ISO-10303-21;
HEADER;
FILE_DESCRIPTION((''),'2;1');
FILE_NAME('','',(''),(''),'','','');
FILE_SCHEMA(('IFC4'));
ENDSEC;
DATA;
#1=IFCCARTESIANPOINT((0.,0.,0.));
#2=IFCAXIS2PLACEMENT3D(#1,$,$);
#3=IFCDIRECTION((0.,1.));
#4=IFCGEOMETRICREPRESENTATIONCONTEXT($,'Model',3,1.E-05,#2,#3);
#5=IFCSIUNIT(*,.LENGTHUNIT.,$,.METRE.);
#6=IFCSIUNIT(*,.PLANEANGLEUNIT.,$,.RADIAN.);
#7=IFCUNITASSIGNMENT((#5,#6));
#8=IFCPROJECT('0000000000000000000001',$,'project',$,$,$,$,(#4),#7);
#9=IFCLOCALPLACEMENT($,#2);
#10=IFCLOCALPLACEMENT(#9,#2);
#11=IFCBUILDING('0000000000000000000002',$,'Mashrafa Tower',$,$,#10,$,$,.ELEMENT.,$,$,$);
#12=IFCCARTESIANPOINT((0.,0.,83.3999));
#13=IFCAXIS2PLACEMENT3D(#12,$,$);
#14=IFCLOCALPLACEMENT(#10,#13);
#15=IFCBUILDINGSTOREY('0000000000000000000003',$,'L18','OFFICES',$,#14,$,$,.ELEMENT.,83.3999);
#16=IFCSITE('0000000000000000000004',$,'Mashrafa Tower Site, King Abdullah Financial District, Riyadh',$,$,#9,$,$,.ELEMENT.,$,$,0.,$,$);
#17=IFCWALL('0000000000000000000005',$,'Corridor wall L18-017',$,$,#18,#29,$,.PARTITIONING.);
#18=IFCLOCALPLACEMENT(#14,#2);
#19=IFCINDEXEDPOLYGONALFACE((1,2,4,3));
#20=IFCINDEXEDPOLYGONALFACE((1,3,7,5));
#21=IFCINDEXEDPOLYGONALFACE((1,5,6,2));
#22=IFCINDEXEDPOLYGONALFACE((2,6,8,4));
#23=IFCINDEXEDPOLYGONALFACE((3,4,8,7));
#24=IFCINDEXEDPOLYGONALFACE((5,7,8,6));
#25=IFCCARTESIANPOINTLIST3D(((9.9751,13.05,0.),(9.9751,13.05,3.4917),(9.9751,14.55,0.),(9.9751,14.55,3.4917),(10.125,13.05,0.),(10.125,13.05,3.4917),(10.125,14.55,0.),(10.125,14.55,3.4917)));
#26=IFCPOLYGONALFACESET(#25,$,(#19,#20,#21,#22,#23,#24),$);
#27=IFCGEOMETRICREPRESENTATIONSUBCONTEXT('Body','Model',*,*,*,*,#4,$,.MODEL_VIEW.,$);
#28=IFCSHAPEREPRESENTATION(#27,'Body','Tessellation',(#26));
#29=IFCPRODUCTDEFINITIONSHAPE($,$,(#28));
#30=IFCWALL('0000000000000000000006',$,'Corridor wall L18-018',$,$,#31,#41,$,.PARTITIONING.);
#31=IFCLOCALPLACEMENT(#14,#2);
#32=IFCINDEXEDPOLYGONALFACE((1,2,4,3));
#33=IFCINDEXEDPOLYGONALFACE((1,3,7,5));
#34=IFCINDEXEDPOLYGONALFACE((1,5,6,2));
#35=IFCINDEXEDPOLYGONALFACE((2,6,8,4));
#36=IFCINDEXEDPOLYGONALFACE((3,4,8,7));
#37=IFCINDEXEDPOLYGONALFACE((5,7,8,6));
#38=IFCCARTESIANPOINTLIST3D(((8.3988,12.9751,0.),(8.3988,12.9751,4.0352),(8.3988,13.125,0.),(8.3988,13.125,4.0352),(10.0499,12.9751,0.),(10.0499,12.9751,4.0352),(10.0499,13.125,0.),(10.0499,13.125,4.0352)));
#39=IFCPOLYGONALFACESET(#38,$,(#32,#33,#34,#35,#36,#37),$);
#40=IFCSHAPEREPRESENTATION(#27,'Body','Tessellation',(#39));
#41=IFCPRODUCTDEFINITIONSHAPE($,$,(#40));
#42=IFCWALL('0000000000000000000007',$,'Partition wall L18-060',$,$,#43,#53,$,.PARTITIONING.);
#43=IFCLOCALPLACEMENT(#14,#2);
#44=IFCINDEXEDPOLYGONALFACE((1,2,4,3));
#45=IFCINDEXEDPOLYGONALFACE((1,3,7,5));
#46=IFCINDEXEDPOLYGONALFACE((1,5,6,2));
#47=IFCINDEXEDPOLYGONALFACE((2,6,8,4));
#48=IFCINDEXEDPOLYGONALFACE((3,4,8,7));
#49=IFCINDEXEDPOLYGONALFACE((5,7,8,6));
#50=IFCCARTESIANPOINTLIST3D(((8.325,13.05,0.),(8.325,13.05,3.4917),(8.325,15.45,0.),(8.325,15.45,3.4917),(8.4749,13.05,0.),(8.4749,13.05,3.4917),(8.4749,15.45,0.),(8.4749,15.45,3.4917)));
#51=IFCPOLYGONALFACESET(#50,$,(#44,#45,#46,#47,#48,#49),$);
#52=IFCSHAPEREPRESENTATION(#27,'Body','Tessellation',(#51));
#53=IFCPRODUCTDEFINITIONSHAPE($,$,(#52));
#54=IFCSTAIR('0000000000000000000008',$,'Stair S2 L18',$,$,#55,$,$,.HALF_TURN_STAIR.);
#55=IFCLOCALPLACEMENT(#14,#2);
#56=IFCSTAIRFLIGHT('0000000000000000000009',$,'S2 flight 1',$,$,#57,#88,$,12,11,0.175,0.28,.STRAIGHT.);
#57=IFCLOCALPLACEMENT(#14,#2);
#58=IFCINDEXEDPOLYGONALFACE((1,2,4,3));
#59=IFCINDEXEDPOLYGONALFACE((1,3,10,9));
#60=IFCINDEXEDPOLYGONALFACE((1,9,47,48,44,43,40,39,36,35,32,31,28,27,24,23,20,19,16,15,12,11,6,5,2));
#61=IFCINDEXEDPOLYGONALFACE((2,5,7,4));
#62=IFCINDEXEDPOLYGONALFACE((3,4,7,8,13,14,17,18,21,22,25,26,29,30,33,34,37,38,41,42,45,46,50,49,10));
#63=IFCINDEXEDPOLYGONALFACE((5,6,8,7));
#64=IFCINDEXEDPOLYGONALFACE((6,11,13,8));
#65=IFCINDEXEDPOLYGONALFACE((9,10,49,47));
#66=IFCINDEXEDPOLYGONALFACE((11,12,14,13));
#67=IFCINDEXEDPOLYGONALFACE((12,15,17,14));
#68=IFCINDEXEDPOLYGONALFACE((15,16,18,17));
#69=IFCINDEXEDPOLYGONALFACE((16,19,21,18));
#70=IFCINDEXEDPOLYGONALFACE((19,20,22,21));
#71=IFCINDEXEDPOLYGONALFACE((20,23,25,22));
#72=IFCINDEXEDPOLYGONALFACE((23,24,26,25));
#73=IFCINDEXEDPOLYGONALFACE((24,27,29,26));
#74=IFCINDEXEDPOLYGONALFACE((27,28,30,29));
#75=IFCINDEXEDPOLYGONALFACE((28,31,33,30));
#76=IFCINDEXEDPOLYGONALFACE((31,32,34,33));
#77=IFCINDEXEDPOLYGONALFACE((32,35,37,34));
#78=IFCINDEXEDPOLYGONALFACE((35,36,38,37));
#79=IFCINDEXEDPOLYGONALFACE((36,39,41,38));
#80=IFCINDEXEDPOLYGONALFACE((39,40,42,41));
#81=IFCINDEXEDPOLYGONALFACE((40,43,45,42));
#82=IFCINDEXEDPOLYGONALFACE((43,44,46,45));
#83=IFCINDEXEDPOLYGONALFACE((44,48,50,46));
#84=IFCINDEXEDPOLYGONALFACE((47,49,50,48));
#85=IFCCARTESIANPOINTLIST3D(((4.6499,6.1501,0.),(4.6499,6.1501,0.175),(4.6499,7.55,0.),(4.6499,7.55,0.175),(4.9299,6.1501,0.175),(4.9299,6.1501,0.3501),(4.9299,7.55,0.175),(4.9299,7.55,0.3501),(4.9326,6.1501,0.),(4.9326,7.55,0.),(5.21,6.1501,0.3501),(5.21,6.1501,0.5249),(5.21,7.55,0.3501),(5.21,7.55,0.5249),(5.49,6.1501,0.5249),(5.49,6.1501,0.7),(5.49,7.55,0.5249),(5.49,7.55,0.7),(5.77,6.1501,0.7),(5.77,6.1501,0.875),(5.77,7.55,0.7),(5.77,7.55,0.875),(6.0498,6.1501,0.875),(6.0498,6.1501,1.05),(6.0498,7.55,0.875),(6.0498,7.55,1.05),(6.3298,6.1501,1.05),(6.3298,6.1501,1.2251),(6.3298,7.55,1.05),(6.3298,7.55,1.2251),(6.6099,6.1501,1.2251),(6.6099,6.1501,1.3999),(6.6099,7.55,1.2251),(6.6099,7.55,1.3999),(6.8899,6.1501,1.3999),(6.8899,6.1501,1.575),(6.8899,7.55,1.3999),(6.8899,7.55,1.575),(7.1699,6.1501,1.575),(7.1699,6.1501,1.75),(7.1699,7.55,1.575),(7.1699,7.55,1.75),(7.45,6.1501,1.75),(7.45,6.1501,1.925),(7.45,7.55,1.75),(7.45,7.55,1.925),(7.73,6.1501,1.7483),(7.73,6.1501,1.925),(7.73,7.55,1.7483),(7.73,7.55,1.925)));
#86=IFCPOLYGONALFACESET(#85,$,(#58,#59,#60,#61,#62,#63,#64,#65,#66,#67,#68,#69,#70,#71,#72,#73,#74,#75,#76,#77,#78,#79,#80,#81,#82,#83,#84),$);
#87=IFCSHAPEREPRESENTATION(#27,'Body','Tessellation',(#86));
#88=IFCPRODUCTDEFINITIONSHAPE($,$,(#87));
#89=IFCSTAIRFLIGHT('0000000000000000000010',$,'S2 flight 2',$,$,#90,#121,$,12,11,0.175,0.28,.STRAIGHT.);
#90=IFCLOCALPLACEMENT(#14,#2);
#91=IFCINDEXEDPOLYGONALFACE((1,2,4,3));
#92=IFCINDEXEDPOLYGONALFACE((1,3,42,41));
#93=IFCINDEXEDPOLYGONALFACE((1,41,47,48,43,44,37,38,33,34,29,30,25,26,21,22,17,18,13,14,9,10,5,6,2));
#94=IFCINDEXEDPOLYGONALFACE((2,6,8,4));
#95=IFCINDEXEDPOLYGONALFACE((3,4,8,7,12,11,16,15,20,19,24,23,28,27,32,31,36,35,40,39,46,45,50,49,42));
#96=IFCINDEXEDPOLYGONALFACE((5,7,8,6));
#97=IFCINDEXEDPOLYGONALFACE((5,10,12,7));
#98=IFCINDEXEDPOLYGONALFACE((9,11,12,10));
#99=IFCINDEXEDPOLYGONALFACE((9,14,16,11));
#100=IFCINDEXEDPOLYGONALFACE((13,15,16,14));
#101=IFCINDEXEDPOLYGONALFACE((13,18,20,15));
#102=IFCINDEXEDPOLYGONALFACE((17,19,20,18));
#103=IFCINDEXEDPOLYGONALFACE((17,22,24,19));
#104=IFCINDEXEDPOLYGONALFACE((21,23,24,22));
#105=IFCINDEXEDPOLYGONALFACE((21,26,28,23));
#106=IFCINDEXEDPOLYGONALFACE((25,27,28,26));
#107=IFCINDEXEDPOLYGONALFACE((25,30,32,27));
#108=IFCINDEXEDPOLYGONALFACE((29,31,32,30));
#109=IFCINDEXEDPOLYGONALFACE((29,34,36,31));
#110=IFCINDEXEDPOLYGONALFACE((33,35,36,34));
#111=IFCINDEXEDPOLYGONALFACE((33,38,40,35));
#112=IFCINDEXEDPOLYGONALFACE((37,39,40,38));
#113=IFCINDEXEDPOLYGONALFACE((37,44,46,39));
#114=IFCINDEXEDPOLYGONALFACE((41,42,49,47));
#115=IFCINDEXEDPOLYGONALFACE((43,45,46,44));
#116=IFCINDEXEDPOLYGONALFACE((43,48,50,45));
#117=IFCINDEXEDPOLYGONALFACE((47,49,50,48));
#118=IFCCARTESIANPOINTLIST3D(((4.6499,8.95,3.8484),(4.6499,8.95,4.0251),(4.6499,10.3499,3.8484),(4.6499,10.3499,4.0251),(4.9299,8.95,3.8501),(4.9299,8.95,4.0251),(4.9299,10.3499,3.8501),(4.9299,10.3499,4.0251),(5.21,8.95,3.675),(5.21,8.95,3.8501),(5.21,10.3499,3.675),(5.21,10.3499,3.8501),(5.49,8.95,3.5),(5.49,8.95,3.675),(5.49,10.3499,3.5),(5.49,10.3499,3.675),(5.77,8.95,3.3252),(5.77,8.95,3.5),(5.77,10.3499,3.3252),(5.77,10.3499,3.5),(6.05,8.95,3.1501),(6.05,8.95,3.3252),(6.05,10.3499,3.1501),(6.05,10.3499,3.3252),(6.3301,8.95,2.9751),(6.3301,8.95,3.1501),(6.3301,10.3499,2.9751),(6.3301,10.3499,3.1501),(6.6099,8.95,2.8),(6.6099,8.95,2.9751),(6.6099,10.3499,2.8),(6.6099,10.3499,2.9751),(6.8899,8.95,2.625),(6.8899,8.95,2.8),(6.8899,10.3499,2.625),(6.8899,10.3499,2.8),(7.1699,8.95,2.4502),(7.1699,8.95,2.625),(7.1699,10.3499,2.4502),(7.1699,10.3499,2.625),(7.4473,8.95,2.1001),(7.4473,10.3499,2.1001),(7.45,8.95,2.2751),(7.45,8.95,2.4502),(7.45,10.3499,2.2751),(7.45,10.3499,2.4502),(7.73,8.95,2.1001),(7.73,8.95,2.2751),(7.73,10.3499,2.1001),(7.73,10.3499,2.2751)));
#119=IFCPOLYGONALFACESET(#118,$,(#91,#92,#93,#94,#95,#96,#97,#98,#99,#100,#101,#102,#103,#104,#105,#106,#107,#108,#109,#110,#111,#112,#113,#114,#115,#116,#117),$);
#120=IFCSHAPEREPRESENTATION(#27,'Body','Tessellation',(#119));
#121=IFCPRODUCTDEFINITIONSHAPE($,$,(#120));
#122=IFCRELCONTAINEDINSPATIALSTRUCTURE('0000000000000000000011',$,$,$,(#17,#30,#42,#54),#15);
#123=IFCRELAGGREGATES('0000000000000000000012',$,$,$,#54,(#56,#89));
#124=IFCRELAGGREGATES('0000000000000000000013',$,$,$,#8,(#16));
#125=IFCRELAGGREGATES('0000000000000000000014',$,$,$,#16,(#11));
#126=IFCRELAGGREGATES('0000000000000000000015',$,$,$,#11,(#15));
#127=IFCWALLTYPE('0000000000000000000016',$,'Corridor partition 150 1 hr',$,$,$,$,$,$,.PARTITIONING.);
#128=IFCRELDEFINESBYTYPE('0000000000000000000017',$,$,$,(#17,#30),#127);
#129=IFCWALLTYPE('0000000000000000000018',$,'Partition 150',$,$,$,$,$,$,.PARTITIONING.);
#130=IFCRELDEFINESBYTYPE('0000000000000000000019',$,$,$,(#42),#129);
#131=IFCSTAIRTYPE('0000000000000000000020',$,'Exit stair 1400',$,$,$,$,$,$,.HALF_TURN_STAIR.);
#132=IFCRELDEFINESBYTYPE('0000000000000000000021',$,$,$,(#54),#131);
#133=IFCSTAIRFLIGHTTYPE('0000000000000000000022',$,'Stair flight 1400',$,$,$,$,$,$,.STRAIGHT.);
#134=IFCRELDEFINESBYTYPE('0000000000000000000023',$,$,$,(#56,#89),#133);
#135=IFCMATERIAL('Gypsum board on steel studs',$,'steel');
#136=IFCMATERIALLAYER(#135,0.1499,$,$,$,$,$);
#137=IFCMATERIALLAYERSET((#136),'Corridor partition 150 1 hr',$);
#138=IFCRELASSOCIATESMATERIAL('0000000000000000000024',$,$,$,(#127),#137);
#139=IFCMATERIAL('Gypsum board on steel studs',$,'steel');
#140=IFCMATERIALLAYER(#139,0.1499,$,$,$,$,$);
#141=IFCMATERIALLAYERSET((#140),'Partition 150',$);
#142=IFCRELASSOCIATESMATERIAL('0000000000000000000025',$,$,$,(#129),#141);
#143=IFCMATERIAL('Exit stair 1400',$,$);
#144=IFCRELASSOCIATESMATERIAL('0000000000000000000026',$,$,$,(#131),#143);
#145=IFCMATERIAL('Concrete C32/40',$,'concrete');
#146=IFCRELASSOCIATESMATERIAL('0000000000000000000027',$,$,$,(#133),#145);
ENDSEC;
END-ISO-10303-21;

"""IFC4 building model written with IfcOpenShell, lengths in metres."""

from ifc_helpers import new_model, si_unit, direction, frame, frame_2d, origin, place, context, subcontext, project, spatial, polyline, rectangle, outline, extrude, material, layer, layer_set, type_object, element, aggregate, save


model = new_model("IFC4")

# Units and contexts
model_context = context("Model", 3, precision=1e-05, world=origin(), true_north=direction((0.0, 1.0)))
body_context = subcontext(model_context, "Body", "Model", "MODEL_VIEW")
ifc_project = project(units=[si_unit("LENGTHUNIT", "METRE"), si_unit("PLANEANGLEUNIT", "RADIAN")], contexts=[model_context])

# Site, building, storey
site_placement = place(None, origin())
site = spatial("IfcSite", under=ifc_project, at=site_placement, Name="Mashrafa Tower Site, King Abdullah Financial District, Riyadh", CompositionType="ELEMENT", RefElevation=0.0)
building_placement = place(site_placement, origin())
building = spatial("IfcBuilding", under=site, at=building_placement, Name="Mashrafa Tower", CompositionType="ELEMENT")
storey_placement = place(building_placement, frame((0.0, 0.0, 83.3999)))
storey = spatial("IfcBuildingStorey", under=building, at=storey_placement, Name="L18", Description="OFFICES", CompositionType="ELEMENT", Elevation=83.3999)

# Shared definitions
ifc_material_1 = material(Name="Gypsum board on steel studs", Category="steel")
ifc_layer_1 = layer(ifc_material_1, 0.1499)
ifc_layer_set_1 = layer_set([ifc_layer_1], Name="Corridor partition 150 1 hr")
wall_type_1 = type_object("IfcWallType", Name="Corridor partition 150 1 hr", PredefinedType="PARTITIONING", material=ifc_layer_set_1)

# Walls
wall_1_placement = place(storey_placement, frame((10.05, 14.55, 0.0), z_axis=(0.0, 0.0, 1.0), x_axis=(0.0, -1.0, 0.0)))
element("IfcWall", 1, at=wall_1_placement, inside=storey, type_object=wall_type_1, Name="Corridor wall L18-017", PredefinedType="PARTITIONING", context=body_context, shape_type="SweptSolid", body=[
    extrude(rectangle(XDim=1.5, YDim=0.1499, at=frame_2d((0.75, 0.0))), origin(), (0.0, 0.0, 1.0), 3.4917),
])
wall_2_placement = place(storey_placement, frame((10.05, 13.05, 0.0), z_axis=(0.0, 0.0, 1.0), x_axis=(-1.0, 0.0, 0.0)))
element("IfcWall", 2, at=wall_2_placement, inside=storey, type_object=wall_type_1, Name="Corridor wall L18-018", PredefinedType="PARTITIONING", context=body_context, shape_type="SweptSolid", body=[
    extrude(rectangle(XDim=1.6511, YDim=0.1499, at=frame_2d((0.8257, 0.0))), origin(), (0.0, 0.0, 1.0), 4.0352),
])

# Wall
ifc_material_2 = material(Name="Gypsum board on steel studs", Category="steel")
ifc_layer_2 = layer(ifc_material_2, 0.1499)
ifc_layer_set_2 = layer_set([ifc_layer_2], Name="Partition 150")
wall_type_2 = type_object("IfcWallType", Name="Partition 150", PredefinedType="PARTITIONING", material=ifc_layer_set_2)
wall_3_placement = place(storey_placement, frame((8.3999, 13.05, 0.0), z_axis=(0.0, 0.0, 1.0), x_axis=(0.0, 1.0, 0.0)))
element("IfcWall", 3, at=wall_3_placement, inside=storey, type_object=wall_type_2, Name="Partition wall L18-060", PredefinedType="PARTITIONING", context=body_context, shape_type="SweptSolid", body=[
    extrude(rectangle(XDim=2.3999, YDim=0.1499, at=frame_2d((1.2, 0.0))), origin(), (0.0, 0.0, 1.0), 3.4917),
])

# Stair, stair flights
ifc_material_3 = material(Name="Exit stair 1400")
stair_type = type_object("IfcStairType", Name="Exit stair 1400", PredefinedType="HALF_TURN_STAIR", material=ifc_material_3)
stair_placement = place(storey_placement, origin())
stair = element("IfcStair", 4, at=stair_placement, inside=storey, type_object=stair_type, Name="Stair S2 L18", PredefinedType="HALF_TURN_STAIR")
ifc_material_4 = material(Name="Concrete C32/40", Category="concrete")
stair_flight_type = type_object("IfcStairFlightType", Name="Stair flight 1400", PredefinedType="STRAIGHT", material=ifc_material_4)
stair_flight_1_placement = place(storey_placement, frame((4.6499, 6.8501, 0.0), z_axis=(0.0, 0.0, 1.0), x_axis=(1.0, 0.0, 0.0)))
stair_flight_1 = element("IfcStairFlight", 5, at=stair_flight_1_placement, type_object=stair_flight_type, Name="S2 flight 1", NumberOfRisers=12, NumberOfTreads=11, PredefinedType="STRAIGHT", RiserHeight=0.175, TreadLength=0.28, context=body_context, shape_type="SweptSolid", body=[
    extrude(outline(polyline([(0.0, 0.0), (0.0, 0.175), (0.28, 0.175), (0.28, 0.3501), (0.5601, 0.3501), (0.5601, 0.5249), (0.8401, 0.5249), (0.8401, 0.7), (1.1201, 0.7), (1.1201, 0.875), (1.3999, 0.875), (1.3999, 1.05), (1.6799, 1.05), (1.6799, 1.2251), (1.96, 1.2251), (1.96, 1.3999), (2.24, 1.3999), (2.24, 1.575), (2.52, 1.575), (2.52, 1.75), (2.8, 1.75), (2.8, 1.925), (3.0801, 1.925), (3.0801, 2.1001), (3.0801, 1.7483), (0.2827, 0.0), (0.0, 0.0)])), frame((0.0, 0.7, 0.0), z_axis=(0.0, -1.0, 0.0), x_axis=(1.0, 0.0, 0.0)), (0.0, 0.0, 1.0), 1.3999),
])
stair_flight_2_placement = place(storey_placement, frame((7.73, 9.6499, 2.1001), z_axis=(0.0, 0.0, 1.0), x_axis=(-1.0, 0.0, 0.0)))
stair_flight_2 = element("IfcStairFlight", 6, at=stair_flight_2_placement, type_object=stair_flight_type, Name="S2 flight 2", NumberOfRisers=12, NumberOfTreads=11, PredefinedType="STRAIGHT", RiserHeight=0.175, TreadLength=0.28, context=body_context, shape_type="SweptSolid", body=[
    extrude(outline(polyline([(0.0, 0.0), (0.0, 0.175), (0.28, 0.175), (0.28, 0.3501), (0.5601, 0.3501), (0.5601, 0.5249), (0.8401, 0.5249), (0.8401, 0.7), (1.1201, 0.7), (1.1201, 0.875), (1.3999, 0.875), (1.3999, 1.05), (1.6799, 1.05), (1.6799, 1.2251), (1.96, 1.2251), (1.96, 1.3999), (2.24, 1.3999), (2.24, 1.575), (2.52, 1.575), (2.52, 1.75), (2.8, 1.75), (2.8, 1.925), (3.0801, 1.925), (3.0801, 2.1001), (3.0801, 1.7483), (0.2827, 0.0), (0.0, 0.0)])), frame((0.0, 0.7, 0.0), z_axis=(0.0, -1.0, 0.0), x_axis=(1.0, 0.0, 0.0)), (0.0, 0.0, 1.0), 1.3999),
])
aggregate(stair, [stair_flight_1, stair_flight_2])

save(model, "model.ifc")
